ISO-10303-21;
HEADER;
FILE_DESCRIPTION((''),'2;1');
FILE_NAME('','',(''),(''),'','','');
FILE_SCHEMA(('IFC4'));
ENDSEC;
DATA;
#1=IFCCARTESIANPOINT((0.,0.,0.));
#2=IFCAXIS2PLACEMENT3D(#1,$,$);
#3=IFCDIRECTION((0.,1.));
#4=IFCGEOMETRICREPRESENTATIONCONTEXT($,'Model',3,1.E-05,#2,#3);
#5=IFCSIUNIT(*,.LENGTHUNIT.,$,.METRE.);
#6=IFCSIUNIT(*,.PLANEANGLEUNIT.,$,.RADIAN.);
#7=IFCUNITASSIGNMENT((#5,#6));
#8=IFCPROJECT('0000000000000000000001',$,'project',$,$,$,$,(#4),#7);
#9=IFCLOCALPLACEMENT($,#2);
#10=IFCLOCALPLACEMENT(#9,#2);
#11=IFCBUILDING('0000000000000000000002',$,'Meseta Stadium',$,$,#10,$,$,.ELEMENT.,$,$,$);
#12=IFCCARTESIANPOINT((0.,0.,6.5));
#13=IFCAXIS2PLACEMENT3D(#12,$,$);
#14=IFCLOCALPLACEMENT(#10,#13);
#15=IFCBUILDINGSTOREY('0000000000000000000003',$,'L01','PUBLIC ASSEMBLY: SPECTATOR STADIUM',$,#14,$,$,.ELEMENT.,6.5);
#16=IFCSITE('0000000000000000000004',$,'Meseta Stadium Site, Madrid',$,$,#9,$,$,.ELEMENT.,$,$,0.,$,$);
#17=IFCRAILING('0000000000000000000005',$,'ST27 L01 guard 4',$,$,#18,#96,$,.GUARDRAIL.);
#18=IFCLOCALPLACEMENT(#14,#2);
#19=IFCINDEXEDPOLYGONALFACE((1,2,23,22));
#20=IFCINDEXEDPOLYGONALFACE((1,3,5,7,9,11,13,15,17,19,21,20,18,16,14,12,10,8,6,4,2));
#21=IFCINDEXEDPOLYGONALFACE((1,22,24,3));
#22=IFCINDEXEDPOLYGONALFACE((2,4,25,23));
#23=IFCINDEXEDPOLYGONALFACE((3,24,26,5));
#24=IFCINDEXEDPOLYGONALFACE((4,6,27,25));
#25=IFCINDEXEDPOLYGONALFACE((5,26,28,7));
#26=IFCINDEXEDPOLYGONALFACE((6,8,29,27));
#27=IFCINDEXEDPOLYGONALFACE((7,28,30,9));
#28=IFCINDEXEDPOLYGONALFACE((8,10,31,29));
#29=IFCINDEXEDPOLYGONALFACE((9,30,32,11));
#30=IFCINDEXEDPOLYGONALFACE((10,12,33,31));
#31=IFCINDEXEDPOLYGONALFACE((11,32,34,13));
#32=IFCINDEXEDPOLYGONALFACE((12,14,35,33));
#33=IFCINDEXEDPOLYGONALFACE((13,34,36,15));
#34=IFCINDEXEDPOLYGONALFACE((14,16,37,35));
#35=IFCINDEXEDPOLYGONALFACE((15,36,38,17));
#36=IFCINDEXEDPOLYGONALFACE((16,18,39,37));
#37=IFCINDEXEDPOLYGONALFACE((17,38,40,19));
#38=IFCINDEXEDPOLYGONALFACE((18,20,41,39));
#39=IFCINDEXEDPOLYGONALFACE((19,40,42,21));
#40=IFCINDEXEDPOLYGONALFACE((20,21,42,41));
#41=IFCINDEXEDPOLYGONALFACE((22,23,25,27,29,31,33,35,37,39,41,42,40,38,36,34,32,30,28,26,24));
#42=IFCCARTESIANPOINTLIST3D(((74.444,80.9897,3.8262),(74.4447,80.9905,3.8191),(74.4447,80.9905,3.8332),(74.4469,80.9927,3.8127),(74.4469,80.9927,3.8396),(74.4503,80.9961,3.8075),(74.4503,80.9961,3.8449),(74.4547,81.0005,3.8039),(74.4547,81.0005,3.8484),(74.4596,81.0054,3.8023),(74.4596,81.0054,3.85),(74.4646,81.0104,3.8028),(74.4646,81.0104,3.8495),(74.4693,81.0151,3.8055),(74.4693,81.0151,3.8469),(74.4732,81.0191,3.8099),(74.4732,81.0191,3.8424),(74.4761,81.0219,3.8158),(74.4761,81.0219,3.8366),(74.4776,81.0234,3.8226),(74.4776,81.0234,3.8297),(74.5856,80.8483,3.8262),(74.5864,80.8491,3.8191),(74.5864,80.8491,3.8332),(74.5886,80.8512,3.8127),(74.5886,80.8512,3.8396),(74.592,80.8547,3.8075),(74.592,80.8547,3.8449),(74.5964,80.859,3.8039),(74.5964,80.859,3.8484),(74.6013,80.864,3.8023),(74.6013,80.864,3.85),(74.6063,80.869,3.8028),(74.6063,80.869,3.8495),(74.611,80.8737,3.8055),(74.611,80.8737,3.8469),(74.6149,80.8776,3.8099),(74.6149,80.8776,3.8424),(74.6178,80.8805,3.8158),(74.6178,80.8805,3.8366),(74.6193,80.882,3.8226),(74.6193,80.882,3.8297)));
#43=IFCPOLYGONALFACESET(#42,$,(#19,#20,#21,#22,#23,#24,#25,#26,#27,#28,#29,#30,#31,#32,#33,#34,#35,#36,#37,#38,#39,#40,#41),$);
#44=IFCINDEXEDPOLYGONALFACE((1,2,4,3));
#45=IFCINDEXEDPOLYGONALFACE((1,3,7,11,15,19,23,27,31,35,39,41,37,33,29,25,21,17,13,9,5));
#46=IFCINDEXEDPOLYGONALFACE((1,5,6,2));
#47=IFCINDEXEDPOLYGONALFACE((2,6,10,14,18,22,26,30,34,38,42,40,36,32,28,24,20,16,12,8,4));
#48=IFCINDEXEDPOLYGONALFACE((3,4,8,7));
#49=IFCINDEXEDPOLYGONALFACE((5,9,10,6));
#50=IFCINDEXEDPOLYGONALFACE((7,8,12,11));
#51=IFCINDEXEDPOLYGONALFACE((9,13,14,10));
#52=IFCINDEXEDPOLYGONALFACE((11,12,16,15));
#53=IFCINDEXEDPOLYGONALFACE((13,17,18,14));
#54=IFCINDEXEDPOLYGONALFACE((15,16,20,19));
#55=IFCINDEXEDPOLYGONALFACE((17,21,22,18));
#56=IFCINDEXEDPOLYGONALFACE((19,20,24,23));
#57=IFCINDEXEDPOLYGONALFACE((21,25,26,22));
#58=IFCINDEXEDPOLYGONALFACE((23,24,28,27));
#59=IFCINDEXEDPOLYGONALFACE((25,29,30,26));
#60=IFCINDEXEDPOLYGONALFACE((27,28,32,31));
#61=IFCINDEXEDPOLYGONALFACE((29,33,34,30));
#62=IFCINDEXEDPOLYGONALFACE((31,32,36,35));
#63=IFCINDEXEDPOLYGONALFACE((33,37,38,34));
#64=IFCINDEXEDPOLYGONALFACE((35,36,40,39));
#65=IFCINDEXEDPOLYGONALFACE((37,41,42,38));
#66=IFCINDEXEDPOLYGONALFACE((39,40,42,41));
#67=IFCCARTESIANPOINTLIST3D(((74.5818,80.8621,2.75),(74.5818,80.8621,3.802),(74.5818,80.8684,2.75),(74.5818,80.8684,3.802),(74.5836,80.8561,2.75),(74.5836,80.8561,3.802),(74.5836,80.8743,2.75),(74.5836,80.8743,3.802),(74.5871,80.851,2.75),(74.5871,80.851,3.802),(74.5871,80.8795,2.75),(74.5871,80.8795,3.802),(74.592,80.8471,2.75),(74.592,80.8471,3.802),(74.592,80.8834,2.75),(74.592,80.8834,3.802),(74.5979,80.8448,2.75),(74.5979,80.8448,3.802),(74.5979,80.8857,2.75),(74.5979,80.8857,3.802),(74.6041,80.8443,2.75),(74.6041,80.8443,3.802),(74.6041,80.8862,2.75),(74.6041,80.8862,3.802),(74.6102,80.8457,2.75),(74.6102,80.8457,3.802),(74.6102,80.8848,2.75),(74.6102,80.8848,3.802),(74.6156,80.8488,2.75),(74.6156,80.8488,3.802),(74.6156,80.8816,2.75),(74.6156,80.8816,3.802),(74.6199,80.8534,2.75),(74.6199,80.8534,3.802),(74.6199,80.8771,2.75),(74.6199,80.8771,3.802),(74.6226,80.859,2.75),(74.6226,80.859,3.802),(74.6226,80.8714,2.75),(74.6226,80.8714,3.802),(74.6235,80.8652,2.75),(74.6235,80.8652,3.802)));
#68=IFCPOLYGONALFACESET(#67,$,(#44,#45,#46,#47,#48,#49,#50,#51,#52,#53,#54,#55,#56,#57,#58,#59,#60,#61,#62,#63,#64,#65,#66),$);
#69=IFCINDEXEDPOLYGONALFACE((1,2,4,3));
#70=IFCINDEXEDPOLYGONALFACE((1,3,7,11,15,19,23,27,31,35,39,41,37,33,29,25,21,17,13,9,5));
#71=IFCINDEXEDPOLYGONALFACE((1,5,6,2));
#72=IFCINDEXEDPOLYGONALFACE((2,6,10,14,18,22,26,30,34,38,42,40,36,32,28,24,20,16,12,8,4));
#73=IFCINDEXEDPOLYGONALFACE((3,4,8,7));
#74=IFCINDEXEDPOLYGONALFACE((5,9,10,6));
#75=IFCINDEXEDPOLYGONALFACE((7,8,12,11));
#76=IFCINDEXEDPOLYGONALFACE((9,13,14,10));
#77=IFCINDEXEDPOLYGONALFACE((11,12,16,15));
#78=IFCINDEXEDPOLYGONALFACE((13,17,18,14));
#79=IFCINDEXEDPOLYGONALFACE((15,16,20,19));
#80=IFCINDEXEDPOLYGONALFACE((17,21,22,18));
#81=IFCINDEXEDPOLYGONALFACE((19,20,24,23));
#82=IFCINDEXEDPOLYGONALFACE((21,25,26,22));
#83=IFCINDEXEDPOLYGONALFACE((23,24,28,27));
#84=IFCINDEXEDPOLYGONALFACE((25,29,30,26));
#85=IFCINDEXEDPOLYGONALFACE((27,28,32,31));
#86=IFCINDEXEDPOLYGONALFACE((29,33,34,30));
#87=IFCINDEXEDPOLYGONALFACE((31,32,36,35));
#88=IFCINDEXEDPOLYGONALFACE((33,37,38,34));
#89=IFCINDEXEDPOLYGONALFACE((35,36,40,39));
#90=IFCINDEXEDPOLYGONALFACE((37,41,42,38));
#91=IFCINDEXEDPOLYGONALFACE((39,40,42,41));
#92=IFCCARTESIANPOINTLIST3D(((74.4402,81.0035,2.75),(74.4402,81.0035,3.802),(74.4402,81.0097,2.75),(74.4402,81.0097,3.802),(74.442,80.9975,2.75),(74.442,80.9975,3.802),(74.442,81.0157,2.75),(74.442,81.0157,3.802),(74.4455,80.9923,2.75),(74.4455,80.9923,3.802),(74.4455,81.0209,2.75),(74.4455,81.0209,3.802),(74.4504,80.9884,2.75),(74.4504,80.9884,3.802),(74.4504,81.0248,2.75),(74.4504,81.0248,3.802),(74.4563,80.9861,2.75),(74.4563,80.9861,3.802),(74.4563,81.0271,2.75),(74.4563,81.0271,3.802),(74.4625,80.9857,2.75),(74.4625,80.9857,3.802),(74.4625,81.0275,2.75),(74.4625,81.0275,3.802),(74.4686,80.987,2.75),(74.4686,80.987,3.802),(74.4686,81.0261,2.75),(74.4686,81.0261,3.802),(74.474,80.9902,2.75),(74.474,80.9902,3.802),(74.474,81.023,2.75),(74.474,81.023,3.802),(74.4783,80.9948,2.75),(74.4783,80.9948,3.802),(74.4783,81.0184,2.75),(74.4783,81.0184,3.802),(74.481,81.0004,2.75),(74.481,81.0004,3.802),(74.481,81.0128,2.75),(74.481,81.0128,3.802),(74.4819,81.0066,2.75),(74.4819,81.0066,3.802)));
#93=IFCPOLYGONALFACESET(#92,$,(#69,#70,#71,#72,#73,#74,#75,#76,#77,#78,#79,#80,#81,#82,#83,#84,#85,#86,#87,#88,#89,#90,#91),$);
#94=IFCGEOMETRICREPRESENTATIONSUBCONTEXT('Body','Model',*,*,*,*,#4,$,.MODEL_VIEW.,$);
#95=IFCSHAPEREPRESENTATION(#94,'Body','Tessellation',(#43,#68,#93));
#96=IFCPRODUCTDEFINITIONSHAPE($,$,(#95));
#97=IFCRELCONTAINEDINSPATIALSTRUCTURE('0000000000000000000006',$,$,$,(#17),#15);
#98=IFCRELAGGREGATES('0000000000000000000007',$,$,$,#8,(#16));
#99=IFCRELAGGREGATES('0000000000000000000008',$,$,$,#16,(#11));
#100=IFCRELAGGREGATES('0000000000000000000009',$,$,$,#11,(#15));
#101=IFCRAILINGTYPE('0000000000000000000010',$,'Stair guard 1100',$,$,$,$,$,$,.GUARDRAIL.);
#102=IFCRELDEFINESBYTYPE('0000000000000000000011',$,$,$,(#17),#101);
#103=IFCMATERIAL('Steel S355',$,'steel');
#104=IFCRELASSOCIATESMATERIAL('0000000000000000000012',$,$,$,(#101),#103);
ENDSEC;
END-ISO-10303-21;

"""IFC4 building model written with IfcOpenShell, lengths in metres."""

from ifc_helpers import new_model, si_unit, direction, frame, origin, origin_2d, place, context, subcontext, project, spatial, circle, extrude, material, type_object, element, save


model = new_model("IFC4")

# Units and contexts
model_context = context("Model", 3, precision=1e-05, world=origin(), true_north=direction((0.0, 1.0)))
body_context = subcontext(model_context, "Body", "Model", "MODEL_VIEW")
ifc_project = project(units=[si_unit("LENGTHUNIT", "METRE"), si_unit("PLANEANGLEUNIT", "RADIAN")], contexts=[model_context])

# Site, building, storey
site_placement = place(None, origin())
site = spatial("IfcSite", under=ifc_project, at=site_placement, Name="Meseta Stadium Site, Madrid", CompositionType="ELEMENT", RefElevation=0.0)
building_placement = place(site_placement, origin())
building = spatial("IfcBuilding", under=site, at=building_placement, Name="Meseta Stadium", CompositionType="ELEMENT")
storey_placement = place(building_placement, frame((0.0, 0.0, 6.5)))
storey = spatial("IfcBuildingStorey", under=building, at=storey_placement, Name="L01", Description="PUBLIC ASSEMBLY: SPECTATOR STADIUM", CompositionType="ELEMENT", Elevation=6.5)

# Railing
ifc_material_1 = material(Name="Steel S355", Category="steel")
railing_type_1 = type_object("IfcRailingType", Name="Stair guard 1100", PredefinedType="GUARDRAIL", material=ifc_material_1)
railing_1_placement = place(storey_placement, frame((74.6025, 80.8652, 2.75)))
element("IfcRailing", 1, at=railing_1_placement, inside=storey, type_object=railing_type_1, Name="ST27 L01 guard 4", PredefinedType="GUARDRAIL", context=body_context, shape_type="SweptSolid", body=[
    extrude(circle(Radius=0.0239, at=origin_2d()), frame((0.0, 0.0, 1.0762), z_axis=(-0.707717, 0.706496, 0.0), x_axis=(-0.706496, -0.707717, 0.0)), (0.0, 0.0, 1.0), 0.2002),
    extrude(circle(Radius=0.021, at=origin_2d()), origin(), (0.0, 0.0, 1.0), 1.052),
    extrude(circle(Radius=0.021, at=origin_2d()), frame((-0.1416, 0.1414, 0.0)), (0.0, 0.0, 1.0), 1.052),
])

save(model, "model.ifc")
